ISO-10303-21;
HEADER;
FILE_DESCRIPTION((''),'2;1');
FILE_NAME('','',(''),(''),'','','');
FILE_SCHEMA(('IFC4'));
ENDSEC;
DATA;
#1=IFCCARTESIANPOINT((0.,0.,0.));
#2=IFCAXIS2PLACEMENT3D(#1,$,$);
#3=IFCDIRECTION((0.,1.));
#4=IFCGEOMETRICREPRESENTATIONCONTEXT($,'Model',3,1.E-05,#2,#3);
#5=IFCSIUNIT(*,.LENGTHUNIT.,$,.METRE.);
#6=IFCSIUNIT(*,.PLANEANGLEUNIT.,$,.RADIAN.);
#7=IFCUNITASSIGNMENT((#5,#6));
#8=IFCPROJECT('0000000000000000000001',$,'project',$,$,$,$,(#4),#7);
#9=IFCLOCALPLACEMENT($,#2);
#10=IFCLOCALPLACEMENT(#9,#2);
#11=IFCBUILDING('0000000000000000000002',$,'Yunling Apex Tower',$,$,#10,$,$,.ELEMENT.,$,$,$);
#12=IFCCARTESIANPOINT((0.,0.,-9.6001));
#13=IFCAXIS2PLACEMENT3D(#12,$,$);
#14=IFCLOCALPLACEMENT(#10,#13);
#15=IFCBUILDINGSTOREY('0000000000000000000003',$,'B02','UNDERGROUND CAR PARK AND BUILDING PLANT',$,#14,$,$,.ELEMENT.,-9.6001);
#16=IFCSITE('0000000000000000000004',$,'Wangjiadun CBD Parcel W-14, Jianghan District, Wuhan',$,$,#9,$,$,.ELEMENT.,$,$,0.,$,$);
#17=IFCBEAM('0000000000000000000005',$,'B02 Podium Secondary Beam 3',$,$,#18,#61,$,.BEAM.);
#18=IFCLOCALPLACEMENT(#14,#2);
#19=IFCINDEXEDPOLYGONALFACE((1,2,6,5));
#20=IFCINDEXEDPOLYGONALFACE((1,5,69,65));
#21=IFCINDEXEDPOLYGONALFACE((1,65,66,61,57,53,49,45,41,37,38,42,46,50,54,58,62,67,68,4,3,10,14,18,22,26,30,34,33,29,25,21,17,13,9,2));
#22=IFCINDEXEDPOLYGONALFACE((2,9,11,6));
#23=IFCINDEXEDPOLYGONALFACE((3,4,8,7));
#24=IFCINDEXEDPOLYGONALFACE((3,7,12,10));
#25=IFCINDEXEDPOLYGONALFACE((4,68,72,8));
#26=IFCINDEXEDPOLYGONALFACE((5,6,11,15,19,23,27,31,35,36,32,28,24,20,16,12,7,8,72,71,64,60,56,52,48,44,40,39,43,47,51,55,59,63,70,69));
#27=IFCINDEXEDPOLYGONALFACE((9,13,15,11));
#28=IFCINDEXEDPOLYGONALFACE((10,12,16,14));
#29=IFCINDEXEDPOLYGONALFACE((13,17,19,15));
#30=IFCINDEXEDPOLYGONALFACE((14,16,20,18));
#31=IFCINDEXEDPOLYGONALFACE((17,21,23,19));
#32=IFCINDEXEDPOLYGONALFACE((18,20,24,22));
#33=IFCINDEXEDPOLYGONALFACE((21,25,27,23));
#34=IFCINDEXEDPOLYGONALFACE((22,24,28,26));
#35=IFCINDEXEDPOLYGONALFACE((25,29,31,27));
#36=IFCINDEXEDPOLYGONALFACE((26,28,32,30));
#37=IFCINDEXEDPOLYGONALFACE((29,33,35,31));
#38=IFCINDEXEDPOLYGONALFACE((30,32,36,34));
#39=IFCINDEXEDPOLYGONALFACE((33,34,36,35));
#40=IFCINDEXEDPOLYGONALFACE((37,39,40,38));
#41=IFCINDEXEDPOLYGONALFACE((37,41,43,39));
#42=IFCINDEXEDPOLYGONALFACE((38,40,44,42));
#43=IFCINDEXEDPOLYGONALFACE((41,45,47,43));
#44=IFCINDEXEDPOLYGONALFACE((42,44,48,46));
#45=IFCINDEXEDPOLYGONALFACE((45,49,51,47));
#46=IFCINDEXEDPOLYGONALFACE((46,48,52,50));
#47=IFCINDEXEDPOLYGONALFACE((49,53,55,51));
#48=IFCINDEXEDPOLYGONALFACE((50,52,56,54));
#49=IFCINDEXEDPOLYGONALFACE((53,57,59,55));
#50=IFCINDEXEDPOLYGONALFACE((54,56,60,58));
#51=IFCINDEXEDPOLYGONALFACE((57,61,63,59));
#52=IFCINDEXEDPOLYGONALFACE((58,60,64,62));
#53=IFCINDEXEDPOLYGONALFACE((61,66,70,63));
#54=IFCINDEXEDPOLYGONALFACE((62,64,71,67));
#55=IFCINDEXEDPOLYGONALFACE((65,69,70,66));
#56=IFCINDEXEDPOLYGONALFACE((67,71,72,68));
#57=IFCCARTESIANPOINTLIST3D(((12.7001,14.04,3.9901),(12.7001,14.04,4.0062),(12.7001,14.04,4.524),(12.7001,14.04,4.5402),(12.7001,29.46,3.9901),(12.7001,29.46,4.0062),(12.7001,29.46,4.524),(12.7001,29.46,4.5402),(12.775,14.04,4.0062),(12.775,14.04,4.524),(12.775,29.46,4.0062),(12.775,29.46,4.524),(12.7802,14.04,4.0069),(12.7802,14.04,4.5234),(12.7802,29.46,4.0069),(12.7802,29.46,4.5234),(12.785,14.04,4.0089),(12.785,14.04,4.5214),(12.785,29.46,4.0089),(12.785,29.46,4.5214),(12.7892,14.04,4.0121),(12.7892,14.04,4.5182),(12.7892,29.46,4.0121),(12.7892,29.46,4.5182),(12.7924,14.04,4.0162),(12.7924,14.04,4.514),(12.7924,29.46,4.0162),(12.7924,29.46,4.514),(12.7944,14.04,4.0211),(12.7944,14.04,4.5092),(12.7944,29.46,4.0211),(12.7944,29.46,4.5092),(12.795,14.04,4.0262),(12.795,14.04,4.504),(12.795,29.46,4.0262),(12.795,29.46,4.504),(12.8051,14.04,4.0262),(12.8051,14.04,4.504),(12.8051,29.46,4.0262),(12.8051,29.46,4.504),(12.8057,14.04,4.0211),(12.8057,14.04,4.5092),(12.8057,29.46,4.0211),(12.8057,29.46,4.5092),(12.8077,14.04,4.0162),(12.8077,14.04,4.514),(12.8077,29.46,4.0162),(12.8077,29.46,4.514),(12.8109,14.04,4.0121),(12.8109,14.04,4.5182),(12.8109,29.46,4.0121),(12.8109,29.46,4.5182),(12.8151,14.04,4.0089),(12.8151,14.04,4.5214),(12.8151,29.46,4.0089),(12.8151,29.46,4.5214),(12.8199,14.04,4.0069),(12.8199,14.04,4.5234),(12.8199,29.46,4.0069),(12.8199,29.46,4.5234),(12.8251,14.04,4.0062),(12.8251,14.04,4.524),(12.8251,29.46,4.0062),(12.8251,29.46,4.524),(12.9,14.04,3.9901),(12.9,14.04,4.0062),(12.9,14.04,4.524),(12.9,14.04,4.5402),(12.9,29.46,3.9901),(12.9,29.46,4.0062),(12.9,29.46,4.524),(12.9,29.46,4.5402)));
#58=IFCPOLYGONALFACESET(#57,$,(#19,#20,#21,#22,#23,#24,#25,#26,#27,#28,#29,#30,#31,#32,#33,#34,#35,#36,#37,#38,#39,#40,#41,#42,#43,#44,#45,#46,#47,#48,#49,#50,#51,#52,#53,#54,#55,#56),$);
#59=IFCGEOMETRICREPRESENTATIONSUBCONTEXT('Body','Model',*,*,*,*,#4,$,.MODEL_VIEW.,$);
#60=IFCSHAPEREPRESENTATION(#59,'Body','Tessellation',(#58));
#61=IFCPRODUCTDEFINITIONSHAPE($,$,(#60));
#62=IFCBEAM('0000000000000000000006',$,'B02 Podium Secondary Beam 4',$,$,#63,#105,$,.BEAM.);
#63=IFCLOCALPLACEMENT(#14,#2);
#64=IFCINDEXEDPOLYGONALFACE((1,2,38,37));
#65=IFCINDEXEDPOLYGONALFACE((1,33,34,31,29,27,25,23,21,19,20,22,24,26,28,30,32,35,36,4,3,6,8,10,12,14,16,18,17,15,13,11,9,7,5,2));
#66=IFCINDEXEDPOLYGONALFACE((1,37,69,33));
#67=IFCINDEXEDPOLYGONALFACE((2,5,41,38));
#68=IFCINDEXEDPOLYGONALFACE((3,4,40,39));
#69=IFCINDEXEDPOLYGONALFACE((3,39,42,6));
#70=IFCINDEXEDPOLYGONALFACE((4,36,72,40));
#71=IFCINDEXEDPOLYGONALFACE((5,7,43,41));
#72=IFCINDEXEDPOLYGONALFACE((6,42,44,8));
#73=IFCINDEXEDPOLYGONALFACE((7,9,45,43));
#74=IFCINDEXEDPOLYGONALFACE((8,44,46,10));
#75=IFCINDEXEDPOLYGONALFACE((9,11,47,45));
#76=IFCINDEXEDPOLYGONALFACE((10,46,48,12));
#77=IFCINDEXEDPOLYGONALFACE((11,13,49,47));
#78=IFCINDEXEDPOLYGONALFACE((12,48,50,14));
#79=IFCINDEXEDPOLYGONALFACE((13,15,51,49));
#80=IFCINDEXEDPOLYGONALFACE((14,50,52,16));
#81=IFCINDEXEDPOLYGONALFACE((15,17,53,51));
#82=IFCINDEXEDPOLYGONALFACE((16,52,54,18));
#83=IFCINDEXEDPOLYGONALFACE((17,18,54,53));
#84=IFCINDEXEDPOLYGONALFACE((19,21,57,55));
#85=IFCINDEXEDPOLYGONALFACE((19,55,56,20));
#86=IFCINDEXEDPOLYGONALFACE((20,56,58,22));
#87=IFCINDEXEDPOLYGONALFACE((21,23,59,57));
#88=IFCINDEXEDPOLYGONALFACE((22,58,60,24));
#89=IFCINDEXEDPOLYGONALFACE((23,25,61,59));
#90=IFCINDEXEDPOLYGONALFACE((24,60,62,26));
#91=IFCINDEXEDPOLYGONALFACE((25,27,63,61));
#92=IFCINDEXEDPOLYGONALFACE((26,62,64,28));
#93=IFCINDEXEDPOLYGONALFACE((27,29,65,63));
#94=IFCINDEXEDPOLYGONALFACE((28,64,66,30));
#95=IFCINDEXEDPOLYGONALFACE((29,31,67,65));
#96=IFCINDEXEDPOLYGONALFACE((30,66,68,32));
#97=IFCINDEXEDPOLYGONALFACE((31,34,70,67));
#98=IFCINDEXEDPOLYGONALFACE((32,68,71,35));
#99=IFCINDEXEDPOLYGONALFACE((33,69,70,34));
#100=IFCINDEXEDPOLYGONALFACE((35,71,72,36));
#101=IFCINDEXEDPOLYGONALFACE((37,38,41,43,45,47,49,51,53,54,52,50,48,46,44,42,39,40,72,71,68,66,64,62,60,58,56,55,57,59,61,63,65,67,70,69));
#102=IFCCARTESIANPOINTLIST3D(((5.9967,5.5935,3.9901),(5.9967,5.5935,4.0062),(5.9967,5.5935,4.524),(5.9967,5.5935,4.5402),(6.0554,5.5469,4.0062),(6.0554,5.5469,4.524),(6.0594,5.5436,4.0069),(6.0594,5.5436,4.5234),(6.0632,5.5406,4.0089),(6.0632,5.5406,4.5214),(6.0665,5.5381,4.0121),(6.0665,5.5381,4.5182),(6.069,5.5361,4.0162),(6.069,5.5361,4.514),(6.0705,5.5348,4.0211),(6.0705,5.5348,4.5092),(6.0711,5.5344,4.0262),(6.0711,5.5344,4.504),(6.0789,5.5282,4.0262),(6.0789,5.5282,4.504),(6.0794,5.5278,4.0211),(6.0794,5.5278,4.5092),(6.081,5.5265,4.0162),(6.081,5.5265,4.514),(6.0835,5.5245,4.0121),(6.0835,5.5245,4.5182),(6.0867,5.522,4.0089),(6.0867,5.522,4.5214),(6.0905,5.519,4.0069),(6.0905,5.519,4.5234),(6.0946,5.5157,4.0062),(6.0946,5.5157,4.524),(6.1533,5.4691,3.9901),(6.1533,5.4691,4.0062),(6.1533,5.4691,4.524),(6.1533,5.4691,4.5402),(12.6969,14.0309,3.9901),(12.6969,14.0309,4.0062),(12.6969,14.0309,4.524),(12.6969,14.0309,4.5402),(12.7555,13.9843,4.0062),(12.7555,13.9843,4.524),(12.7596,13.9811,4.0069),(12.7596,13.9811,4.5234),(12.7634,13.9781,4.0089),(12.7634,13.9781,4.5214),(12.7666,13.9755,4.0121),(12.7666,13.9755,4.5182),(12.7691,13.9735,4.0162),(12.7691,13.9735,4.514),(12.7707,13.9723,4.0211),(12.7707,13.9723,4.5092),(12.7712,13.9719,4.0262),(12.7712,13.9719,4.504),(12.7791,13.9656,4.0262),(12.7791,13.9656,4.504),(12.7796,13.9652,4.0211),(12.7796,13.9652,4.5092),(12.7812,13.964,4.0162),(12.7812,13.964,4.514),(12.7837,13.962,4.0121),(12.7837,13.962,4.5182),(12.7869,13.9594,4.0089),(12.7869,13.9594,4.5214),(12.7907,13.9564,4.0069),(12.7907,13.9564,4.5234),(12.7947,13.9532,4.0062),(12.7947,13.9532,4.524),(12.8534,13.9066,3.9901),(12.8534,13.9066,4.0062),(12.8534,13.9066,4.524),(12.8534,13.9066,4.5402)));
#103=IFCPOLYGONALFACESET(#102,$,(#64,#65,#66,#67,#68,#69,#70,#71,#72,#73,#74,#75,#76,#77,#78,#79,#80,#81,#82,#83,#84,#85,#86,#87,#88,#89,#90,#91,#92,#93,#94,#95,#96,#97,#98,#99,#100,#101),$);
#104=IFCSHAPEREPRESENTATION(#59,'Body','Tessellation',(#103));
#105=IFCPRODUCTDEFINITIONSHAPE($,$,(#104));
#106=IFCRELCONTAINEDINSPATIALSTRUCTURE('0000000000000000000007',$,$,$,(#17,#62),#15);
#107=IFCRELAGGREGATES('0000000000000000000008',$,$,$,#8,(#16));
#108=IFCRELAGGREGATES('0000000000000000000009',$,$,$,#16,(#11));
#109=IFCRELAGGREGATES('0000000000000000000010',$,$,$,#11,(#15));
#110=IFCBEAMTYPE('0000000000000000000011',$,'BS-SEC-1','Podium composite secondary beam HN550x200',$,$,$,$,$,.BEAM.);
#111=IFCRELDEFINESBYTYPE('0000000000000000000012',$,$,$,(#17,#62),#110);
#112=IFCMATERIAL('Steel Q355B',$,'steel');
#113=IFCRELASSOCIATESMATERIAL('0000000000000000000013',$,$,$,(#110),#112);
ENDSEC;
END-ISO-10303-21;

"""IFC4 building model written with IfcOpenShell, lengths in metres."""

from ifc_helpers import new_model, si_unit, direction, frame, origin, origin_2d, place, context, subcontext, project, spatial, i_section, extrude, source, transform, mapped, material, material_profile, profile_set, type_object, element, save


model = new_model("IFC4")

# Units and contexts
model_context = context("Model", 3, precision=1e-05, world=origin(), true_north=direction((0.0, 1.0)))
body_context = subcontext(model_context, "Body", "Model", "MODEL_VIEW")
ifc_project = project(units=[si_unit("LENGTHUNIT", "METRE"), si_unit("PLANEANGLEUNIT", "RADIAN")], contexts=[model_context])

# Site, building, storey
site_placement = place(None, origin())
site = spatial("IfcSite", under=ifc_project, at=site_placement, Name="Wangjiadun CBD Parcel W-14, Jianghan District, Wuhan", CompositionType="ELEMENT", RefElevation=0.0)
building_placement = place(site_placement, origin())
building = spatial("IfcBuilding", under=site, at=building_placement, Name="Yunling Apex Tower", CompositionType="ELEMENT")
storey_placement = place(building_placement, frame((0.0, 0.0, -9.6001)))
storey = spatial("IfcBuildingStorey", under=building, at=storey_placement, Name="B02", Description="UNDERGROUND CAR PARK AND BUILDING PLANT", CompositionType="ELEMENT", Elevation=-9.6001)

# Beams
ifc_material_1 = material(Name="Steel Q355B", Category="steel")
ifc_material_profile_1 = material_profile(ifc_material_1, i_section(OverallWidth=0.2, OverallDepth=0.55, WebThickness=0.01, FlangeThickness=0.0161, FilletRadius=0.02, at=origin_2d()))
ifc_profile_set_1 = profile_set([ifc_material_profile_1], Name="Steel Q355B")
beam_type_1 = type_object("IfcBeamType", Name="BS-SEC-1", Description="Podium composite secondary beam HN550x200", PredefinedType="BEAM", material=ifc_profile_set_1)
shared_shape_1 = source(origin(), body_context, "Body", "SweptSolid", [
    extrude(i_section(OverallWidth=0.2, OverallDepth=0.55, WebThickness=0.01, FlangeThickness=0.0161, FilletRadius=0.02, at=origin_2d()), origin(), (0.0, 0.0, 1.0), 15.4199),
])
beam_1_placement = place(storey_placement, frame((12.8, 29.46, 4.2651), z_axis=(0.0, -1.0, 0.0), x_axis=(1.0, 0.0, 0.0)))
element("IfcBeam", 1, at=beam_1_placement, inside=storey, type_object=beam_type_1, Name="B02 Podium Secondary Beam 3", PredefinedType="BEAM", context=body_context, shape_type="MappedRepresentation", body=[
    mapped(shared_shape_1, transform((0.0, 0.0, 0.0), scale=1.0)),
])
shared_shape_2 = source(origin(), body_context, "Body", "SweptSolid", [
    extrude(i_section(OverallWidth=0.2, OverallDepth=0.55, WebThickness=0.01, FlangeThickness=0.0161, FilletRadius=0.02, at=origin_2d()), origin(), (0.0, 0.0, 1.0), 10.7742),
])
beam_2_placement = place(storey_placement, frame((12.7751, 13.9688, 4.2651), z_axis=(-0.621872, -0.783119, 0.0), x_axis=(0.783119, -0.621872, 0.0)))
element("IfcBeam", 2, at=beam_2_placement, inside=storey, type_object=beam_type_1, Name="B02 Podium Secondary Beam 4", PredefinedType="BEAM", context=body_context, shape_type="MappedRepresentation", body=[
    mapped(shared_shape_2, transform((0.0, 0.0, 0.0), scale=1.0)),
])

save(model, "model.ifc")
